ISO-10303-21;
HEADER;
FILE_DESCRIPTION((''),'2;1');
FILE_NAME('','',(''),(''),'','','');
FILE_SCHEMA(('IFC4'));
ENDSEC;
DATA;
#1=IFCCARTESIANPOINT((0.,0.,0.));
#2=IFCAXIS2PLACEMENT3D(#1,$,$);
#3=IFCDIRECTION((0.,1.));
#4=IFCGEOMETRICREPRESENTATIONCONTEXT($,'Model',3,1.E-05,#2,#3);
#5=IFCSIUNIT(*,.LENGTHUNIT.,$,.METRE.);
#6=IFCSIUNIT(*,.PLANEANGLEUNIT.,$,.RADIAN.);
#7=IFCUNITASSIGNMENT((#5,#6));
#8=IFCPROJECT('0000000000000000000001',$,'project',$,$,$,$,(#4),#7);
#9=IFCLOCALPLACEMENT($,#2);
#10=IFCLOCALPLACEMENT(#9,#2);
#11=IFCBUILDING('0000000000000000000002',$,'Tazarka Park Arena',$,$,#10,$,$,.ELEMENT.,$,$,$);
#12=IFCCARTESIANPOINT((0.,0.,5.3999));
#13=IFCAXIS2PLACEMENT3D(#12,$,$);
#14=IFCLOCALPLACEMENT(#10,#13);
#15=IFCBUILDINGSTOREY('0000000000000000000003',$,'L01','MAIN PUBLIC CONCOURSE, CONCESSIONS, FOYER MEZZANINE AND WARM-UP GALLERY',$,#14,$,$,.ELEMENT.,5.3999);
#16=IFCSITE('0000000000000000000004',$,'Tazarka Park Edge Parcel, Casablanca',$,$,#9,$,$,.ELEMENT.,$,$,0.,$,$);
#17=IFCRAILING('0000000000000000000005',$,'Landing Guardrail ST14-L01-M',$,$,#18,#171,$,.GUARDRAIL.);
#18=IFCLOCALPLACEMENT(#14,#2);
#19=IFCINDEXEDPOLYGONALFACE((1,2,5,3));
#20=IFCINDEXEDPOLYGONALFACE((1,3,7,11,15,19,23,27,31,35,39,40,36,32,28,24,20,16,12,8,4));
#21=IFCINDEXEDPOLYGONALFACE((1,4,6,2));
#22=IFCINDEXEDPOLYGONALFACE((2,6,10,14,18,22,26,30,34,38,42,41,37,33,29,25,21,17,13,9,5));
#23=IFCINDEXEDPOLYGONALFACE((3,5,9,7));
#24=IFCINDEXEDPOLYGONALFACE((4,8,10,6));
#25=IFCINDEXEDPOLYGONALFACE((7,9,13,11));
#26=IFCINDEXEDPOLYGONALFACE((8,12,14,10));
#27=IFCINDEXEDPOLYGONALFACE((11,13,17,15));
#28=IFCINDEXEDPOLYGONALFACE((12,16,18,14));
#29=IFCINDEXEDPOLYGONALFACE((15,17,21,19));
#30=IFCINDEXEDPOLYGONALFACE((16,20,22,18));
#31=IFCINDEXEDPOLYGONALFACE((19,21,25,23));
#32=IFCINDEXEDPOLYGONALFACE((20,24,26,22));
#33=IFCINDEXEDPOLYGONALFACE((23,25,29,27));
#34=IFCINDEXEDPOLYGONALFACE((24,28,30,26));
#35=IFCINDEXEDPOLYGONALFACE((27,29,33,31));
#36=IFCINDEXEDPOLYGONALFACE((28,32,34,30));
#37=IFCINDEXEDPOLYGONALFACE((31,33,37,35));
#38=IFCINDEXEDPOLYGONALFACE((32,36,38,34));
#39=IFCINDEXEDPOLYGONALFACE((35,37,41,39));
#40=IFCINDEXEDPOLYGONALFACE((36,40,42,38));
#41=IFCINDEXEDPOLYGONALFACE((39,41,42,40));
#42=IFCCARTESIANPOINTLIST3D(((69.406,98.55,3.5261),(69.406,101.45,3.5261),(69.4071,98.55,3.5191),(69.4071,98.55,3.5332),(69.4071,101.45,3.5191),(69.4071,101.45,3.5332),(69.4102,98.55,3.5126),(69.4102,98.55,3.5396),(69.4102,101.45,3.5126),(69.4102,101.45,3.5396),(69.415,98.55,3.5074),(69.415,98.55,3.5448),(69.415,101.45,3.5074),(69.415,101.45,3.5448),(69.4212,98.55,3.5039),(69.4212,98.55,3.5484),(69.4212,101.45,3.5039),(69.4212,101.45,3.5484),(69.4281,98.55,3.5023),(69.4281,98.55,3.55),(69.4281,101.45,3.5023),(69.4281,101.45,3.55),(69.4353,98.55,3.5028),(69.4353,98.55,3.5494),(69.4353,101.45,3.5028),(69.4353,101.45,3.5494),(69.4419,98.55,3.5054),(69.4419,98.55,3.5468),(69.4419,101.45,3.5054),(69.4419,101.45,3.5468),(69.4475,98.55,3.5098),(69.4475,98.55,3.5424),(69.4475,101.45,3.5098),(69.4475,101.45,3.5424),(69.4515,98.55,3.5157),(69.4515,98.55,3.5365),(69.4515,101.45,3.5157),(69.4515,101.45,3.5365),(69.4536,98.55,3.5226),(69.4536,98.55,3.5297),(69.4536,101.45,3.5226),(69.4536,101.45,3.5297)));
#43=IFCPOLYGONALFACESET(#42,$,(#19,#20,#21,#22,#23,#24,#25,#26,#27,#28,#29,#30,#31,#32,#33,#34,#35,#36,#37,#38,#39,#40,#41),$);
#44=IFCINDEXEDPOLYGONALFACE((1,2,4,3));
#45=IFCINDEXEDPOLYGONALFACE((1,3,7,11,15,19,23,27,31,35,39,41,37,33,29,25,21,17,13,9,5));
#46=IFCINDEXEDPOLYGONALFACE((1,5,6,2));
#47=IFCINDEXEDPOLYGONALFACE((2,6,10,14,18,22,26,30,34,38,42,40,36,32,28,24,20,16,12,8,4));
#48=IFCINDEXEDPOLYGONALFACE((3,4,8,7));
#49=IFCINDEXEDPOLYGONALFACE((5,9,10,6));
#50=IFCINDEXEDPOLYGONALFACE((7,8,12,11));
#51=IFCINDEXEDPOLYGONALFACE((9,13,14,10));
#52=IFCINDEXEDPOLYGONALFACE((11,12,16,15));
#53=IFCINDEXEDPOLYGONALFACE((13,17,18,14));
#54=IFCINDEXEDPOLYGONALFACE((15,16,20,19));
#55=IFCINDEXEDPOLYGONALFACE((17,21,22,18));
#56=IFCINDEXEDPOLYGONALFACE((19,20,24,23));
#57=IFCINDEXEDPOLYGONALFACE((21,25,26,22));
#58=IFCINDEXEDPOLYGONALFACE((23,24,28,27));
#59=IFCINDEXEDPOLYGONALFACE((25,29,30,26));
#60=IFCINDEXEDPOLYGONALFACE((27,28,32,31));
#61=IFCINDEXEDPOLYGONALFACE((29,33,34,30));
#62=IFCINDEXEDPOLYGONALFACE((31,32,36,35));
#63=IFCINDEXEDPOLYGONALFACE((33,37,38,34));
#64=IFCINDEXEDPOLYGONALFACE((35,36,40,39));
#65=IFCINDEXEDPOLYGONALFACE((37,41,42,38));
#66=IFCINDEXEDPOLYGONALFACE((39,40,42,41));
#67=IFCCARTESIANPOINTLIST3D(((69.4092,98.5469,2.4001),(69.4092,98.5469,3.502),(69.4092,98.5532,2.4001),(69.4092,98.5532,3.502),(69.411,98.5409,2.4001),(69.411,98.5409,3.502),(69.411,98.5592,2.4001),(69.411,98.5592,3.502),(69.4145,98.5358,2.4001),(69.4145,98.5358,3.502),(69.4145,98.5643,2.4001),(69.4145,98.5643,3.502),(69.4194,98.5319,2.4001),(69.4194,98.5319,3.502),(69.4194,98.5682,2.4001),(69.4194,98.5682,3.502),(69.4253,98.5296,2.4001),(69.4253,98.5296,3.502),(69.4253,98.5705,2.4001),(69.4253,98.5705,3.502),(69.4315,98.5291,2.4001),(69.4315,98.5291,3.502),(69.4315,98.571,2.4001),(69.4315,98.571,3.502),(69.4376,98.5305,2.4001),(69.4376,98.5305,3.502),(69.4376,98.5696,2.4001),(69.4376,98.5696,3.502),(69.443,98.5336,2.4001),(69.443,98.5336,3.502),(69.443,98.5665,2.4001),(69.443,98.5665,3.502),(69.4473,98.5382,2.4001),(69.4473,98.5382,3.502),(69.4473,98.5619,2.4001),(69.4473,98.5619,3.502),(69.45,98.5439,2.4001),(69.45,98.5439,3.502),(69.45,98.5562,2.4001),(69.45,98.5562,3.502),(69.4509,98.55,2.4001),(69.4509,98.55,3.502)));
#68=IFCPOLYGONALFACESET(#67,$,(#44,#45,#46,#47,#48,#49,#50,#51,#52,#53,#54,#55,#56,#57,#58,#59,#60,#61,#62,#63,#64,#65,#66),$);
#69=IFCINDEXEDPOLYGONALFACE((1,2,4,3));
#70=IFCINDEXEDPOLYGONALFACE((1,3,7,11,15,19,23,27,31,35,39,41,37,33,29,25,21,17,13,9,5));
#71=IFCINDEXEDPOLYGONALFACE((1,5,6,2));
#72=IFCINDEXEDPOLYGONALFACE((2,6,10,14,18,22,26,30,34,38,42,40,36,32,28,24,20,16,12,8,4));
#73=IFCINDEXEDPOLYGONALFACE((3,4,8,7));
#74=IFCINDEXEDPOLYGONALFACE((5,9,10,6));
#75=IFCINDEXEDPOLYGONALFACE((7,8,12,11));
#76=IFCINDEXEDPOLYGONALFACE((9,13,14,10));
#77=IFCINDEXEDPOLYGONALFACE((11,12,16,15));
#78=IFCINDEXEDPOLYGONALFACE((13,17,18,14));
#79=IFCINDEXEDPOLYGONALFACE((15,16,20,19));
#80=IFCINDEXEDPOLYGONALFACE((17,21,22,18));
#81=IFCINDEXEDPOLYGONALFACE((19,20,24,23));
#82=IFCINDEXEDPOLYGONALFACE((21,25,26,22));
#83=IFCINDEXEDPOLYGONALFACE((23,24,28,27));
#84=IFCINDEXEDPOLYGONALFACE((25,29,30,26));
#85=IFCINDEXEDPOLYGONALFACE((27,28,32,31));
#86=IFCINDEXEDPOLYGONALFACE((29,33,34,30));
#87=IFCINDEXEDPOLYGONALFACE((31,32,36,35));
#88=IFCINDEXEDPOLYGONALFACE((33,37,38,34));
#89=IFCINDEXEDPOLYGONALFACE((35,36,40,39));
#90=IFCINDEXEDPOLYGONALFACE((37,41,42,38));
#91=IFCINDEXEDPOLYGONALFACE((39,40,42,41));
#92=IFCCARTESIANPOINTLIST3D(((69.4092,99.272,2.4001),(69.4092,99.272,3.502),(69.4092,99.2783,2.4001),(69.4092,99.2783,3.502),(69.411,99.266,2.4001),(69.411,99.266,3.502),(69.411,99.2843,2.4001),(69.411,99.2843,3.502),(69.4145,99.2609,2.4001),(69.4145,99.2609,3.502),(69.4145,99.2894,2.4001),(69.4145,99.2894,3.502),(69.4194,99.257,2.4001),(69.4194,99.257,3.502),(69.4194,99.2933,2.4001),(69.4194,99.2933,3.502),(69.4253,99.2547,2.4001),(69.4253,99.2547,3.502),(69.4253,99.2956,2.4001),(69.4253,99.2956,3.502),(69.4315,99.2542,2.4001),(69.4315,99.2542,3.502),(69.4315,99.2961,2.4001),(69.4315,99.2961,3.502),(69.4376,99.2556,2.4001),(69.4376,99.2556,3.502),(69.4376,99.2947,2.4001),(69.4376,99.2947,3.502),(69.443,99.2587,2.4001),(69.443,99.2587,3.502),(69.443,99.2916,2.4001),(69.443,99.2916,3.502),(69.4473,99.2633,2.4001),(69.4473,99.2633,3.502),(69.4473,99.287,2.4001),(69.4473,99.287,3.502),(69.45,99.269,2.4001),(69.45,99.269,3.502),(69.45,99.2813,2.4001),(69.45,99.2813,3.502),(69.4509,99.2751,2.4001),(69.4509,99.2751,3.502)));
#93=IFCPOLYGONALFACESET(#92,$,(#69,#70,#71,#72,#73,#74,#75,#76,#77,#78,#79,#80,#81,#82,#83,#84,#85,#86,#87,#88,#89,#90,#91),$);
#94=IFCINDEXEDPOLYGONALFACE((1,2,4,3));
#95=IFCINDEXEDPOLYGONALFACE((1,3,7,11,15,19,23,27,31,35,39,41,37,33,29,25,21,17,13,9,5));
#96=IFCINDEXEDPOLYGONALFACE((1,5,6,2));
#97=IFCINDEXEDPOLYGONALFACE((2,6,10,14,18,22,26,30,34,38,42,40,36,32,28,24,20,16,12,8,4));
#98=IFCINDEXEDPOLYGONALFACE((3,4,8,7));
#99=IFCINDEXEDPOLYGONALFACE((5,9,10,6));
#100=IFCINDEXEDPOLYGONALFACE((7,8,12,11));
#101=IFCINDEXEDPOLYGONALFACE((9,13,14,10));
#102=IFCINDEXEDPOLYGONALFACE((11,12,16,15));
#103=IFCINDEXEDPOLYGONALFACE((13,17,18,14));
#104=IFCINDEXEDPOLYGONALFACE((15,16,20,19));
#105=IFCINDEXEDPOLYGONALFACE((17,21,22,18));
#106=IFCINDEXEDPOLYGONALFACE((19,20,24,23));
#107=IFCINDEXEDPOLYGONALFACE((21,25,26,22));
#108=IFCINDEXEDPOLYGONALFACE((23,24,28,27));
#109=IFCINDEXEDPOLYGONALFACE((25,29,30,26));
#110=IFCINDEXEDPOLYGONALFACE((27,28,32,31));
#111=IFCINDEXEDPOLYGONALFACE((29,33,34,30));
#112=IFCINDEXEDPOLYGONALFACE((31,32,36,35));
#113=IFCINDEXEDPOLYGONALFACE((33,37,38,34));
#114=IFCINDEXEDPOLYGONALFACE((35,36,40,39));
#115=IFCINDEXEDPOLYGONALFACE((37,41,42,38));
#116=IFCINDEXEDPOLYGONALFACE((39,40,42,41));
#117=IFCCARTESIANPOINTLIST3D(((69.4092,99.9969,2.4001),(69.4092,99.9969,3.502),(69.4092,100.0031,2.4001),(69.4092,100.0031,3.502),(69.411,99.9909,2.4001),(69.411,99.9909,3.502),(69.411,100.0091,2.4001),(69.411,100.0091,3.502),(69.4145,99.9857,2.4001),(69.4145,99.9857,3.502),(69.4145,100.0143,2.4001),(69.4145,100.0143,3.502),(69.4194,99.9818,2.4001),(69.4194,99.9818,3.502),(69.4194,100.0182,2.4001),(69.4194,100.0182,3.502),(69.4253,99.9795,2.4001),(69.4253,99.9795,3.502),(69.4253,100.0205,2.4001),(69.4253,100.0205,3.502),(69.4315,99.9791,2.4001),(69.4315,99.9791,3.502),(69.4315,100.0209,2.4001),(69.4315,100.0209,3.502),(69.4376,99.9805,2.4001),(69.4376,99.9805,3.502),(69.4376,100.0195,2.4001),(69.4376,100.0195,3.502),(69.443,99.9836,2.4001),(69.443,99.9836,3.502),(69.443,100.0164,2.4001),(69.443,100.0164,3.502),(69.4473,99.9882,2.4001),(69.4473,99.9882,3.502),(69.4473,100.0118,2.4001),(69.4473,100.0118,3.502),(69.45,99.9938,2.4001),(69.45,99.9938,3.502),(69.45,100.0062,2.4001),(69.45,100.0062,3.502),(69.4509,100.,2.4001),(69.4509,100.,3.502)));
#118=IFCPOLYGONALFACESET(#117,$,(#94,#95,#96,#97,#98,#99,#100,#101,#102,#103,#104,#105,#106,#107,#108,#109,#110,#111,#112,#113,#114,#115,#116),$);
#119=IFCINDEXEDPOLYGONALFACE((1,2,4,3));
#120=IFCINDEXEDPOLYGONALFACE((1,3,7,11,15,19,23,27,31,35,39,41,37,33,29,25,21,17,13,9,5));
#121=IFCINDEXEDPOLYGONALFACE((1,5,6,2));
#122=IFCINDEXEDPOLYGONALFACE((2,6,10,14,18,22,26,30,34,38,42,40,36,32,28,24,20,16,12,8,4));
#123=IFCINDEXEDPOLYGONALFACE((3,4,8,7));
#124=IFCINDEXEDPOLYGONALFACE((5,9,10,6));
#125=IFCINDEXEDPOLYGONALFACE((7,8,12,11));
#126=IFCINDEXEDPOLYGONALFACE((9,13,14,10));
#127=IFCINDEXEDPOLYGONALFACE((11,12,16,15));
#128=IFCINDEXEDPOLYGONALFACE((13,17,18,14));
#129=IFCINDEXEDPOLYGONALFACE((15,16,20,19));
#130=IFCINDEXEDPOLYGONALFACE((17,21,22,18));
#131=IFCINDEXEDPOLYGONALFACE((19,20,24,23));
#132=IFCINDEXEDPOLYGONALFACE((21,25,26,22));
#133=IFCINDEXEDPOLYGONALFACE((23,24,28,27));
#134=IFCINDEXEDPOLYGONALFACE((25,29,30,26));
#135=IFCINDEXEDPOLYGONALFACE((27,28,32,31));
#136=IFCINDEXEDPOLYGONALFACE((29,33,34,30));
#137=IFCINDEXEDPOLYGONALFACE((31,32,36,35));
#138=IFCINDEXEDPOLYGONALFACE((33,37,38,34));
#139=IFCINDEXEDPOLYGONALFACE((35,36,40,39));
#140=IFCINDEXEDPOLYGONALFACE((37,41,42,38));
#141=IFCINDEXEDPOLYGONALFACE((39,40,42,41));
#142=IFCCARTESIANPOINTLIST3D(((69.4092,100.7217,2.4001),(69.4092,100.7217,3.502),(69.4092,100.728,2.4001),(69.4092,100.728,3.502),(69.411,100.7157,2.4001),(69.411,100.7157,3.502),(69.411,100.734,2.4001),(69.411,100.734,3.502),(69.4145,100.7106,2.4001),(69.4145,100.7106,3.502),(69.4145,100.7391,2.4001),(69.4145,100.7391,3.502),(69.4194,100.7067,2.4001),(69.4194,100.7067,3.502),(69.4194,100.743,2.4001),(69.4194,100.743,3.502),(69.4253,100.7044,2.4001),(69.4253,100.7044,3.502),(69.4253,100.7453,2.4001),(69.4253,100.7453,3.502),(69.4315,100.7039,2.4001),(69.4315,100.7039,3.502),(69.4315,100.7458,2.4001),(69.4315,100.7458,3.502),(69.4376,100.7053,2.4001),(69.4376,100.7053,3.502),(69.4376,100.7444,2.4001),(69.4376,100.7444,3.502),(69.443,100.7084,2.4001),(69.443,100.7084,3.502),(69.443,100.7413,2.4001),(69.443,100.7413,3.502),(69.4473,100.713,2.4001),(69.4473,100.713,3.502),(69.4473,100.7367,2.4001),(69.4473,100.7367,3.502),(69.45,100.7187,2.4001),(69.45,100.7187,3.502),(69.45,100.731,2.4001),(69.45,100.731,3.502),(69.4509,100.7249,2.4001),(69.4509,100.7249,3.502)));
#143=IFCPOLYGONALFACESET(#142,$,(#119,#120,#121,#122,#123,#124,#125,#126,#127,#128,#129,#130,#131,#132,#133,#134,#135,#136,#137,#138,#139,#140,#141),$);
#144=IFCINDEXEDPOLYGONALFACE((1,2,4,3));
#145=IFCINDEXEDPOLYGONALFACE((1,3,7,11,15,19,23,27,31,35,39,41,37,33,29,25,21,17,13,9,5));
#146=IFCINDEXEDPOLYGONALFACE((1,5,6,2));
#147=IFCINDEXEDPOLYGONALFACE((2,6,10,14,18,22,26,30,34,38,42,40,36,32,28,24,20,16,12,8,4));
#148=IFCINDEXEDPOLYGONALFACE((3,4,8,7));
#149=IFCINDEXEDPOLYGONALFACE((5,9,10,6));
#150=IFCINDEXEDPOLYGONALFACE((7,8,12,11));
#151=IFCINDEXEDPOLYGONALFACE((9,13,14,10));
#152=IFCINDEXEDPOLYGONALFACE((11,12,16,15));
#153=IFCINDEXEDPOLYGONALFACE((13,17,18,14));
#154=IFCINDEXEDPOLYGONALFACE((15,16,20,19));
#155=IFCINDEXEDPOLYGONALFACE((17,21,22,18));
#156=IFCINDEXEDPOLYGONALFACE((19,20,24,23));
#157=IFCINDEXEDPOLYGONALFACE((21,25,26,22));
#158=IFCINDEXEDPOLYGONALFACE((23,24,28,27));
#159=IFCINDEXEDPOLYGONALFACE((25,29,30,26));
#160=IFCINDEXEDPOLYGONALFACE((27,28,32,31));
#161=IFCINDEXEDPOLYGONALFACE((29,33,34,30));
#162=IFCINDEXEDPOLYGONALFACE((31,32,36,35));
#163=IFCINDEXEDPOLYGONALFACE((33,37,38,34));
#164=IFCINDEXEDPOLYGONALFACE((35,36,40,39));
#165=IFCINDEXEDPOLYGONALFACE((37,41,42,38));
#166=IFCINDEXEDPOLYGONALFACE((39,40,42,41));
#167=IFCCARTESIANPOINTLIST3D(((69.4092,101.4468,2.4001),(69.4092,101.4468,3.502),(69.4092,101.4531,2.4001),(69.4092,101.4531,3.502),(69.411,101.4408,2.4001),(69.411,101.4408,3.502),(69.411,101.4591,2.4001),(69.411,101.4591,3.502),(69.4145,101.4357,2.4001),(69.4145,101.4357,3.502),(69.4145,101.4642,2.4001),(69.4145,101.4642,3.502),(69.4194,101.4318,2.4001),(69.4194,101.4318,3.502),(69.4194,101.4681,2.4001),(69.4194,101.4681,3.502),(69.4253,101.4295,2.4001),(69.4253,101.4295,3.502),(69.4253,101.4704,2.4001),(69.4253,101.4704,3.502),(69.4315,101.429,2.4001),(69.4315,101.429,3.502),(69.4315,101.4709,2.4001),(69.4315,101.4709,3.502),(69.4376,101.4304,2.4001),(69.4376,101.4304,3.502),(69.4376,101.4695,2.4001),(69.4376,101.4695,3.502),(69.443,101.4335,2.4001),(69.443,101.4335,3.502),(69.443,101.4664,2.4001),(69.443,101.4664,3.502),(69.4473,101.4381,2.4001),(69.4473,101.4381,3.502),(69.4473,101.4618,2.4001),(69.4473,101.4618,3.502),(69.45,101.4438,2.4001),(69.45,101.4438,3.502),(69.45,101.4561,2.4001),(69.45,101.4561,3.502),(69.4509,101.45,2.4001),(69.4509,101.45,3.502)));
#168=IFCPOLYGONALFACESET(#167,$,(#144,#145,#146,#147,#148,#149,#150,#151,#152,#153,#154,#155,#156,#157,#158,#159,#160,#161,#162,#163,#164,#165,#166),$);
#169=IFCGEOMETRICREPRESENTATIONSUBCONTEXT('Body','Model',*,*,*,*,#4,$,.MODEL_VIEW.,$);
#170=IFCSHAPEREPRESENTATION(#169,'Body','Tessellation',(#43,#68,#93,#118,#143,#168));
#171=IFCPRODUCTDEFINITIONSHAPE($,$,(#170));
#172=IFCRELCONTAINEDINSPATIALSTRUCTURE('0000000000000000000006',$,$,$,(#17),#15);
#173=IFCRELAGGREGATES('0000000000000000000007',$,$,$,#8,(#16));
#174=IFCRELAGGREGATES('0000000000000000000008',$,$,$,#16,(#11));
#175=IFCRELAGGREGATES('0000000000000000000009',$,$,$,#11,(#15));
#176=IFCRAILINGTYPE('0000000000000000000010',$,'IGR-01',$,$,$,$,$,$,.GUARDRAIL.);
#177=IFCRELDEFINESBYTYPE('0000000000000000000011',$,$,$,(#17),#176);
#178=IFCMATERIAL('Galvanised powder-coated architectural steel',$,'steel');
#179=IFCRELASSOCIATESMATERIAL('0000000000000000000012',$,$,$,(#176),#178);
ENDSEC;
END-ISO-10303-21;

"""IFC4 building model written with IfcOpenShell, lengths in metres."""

from ifc_helpers import new_model, si_unit, direction, frame, origin, origin_2d, place, context, subcontext, project, spatial, circle, extrude, material, type_object, element, save


model = new_model("IFC4")

# Units and contexts
model_context = context("Model", 3, precision=1e-05, world=origin(), true_north=direction((0.0, 1.0)))
body_context = subcontext(model_context, "Body", "Model", "MODEL_VIEW")
ifc_project = project(units=[si_unit("LENGTHUNIT", "METRE"), si_unit("PLANEANGLEUNIT", "RADIAN")], contexts=[model_context])

# Site, building, storey
site_placement = place(None, origin())
site = spatial("IfcSite", under=ifc_project, at=site_placement, Name="Tazarka Park Edge Parcel, Casablanca", CompositionType="ELEMENT", RefElevation=0.0)
building_placement = place(site_placement, origin())
building = spatial("IfcBuilding", under=site, at=building_placement, Name="Tazarka Park Arena", CompositionType="ELEMENT")
storey_placement = place(building_placement, frame((0.0, 0.0, 5.3999)))
storey = spatial("IfcBuildingStorey", under=building, at=storey_placement, Name="L01", Description="MAIN PUBLIC CONCOURSE, CONCESSIONS, FOYER MEZZANINE AND WARM-UP GALLERY", CompositionType="ELEMENT", Elevation=5.3999)

# Railing
ifc_material_1 = material(Name="Galvanised powder-coated architectural steel", Category="steel")
railing_type_1 = type_object("IfcRailingType", Name="IGR-01", PredefinedType="GUARDRAIL", material=ifc_material_1)
for number, where, name in (
    (1, (69.4299, 98.55, 2.4001), "Landing Guardrail ST14-L01-M"),
):
    element("IfcRailing", number, at=place(storey_placement, frame(where)), inside=storey, type_object=railing_type_1, Name=name, PredefinedType="GUARDRAIL", context=body_context, shape_type="SweptSolid", body=[
        extrude(circle(Radius=0.0239, at=origin_2d()), frame((0.0, 0.0, 1.126), z_axis=(0.0, 1.0, 0.0), x_axis=(-1.0, 0.0, 0.0)), (0.0, 0.0, 1.0), 2.8999),
        extrude(circle(Radius=0.021, at=origin_2d()), origin(), (0.0, 0.0, 1.0), 1.1018),
        extrude(circle(Radius=0.021, at=origin_2d()), frame((0.0, 0.7251, 0.0)), (0.0, 0.0, 1.0), 1.1018),
        extrude(circle(Radius=0.021, at=origin_2d()), frame((0.0, 1.45, 0.0)), (0.0, 0.0, 1.0), 1.1018),
        extrude(circle(Radius=0.021, at=origin_2d()), frame((0.0, 2.1748, 0.0)), (0.0, 0.0, 1.0), 1.1018),
        extrude(circle(Radius=0.021, at=origin_2d()), frame((0.0, 2.8999, 0.0)), (0.0, 0.0, 1.0), 1.1018),
    ])

save(model, "model.ifc")
